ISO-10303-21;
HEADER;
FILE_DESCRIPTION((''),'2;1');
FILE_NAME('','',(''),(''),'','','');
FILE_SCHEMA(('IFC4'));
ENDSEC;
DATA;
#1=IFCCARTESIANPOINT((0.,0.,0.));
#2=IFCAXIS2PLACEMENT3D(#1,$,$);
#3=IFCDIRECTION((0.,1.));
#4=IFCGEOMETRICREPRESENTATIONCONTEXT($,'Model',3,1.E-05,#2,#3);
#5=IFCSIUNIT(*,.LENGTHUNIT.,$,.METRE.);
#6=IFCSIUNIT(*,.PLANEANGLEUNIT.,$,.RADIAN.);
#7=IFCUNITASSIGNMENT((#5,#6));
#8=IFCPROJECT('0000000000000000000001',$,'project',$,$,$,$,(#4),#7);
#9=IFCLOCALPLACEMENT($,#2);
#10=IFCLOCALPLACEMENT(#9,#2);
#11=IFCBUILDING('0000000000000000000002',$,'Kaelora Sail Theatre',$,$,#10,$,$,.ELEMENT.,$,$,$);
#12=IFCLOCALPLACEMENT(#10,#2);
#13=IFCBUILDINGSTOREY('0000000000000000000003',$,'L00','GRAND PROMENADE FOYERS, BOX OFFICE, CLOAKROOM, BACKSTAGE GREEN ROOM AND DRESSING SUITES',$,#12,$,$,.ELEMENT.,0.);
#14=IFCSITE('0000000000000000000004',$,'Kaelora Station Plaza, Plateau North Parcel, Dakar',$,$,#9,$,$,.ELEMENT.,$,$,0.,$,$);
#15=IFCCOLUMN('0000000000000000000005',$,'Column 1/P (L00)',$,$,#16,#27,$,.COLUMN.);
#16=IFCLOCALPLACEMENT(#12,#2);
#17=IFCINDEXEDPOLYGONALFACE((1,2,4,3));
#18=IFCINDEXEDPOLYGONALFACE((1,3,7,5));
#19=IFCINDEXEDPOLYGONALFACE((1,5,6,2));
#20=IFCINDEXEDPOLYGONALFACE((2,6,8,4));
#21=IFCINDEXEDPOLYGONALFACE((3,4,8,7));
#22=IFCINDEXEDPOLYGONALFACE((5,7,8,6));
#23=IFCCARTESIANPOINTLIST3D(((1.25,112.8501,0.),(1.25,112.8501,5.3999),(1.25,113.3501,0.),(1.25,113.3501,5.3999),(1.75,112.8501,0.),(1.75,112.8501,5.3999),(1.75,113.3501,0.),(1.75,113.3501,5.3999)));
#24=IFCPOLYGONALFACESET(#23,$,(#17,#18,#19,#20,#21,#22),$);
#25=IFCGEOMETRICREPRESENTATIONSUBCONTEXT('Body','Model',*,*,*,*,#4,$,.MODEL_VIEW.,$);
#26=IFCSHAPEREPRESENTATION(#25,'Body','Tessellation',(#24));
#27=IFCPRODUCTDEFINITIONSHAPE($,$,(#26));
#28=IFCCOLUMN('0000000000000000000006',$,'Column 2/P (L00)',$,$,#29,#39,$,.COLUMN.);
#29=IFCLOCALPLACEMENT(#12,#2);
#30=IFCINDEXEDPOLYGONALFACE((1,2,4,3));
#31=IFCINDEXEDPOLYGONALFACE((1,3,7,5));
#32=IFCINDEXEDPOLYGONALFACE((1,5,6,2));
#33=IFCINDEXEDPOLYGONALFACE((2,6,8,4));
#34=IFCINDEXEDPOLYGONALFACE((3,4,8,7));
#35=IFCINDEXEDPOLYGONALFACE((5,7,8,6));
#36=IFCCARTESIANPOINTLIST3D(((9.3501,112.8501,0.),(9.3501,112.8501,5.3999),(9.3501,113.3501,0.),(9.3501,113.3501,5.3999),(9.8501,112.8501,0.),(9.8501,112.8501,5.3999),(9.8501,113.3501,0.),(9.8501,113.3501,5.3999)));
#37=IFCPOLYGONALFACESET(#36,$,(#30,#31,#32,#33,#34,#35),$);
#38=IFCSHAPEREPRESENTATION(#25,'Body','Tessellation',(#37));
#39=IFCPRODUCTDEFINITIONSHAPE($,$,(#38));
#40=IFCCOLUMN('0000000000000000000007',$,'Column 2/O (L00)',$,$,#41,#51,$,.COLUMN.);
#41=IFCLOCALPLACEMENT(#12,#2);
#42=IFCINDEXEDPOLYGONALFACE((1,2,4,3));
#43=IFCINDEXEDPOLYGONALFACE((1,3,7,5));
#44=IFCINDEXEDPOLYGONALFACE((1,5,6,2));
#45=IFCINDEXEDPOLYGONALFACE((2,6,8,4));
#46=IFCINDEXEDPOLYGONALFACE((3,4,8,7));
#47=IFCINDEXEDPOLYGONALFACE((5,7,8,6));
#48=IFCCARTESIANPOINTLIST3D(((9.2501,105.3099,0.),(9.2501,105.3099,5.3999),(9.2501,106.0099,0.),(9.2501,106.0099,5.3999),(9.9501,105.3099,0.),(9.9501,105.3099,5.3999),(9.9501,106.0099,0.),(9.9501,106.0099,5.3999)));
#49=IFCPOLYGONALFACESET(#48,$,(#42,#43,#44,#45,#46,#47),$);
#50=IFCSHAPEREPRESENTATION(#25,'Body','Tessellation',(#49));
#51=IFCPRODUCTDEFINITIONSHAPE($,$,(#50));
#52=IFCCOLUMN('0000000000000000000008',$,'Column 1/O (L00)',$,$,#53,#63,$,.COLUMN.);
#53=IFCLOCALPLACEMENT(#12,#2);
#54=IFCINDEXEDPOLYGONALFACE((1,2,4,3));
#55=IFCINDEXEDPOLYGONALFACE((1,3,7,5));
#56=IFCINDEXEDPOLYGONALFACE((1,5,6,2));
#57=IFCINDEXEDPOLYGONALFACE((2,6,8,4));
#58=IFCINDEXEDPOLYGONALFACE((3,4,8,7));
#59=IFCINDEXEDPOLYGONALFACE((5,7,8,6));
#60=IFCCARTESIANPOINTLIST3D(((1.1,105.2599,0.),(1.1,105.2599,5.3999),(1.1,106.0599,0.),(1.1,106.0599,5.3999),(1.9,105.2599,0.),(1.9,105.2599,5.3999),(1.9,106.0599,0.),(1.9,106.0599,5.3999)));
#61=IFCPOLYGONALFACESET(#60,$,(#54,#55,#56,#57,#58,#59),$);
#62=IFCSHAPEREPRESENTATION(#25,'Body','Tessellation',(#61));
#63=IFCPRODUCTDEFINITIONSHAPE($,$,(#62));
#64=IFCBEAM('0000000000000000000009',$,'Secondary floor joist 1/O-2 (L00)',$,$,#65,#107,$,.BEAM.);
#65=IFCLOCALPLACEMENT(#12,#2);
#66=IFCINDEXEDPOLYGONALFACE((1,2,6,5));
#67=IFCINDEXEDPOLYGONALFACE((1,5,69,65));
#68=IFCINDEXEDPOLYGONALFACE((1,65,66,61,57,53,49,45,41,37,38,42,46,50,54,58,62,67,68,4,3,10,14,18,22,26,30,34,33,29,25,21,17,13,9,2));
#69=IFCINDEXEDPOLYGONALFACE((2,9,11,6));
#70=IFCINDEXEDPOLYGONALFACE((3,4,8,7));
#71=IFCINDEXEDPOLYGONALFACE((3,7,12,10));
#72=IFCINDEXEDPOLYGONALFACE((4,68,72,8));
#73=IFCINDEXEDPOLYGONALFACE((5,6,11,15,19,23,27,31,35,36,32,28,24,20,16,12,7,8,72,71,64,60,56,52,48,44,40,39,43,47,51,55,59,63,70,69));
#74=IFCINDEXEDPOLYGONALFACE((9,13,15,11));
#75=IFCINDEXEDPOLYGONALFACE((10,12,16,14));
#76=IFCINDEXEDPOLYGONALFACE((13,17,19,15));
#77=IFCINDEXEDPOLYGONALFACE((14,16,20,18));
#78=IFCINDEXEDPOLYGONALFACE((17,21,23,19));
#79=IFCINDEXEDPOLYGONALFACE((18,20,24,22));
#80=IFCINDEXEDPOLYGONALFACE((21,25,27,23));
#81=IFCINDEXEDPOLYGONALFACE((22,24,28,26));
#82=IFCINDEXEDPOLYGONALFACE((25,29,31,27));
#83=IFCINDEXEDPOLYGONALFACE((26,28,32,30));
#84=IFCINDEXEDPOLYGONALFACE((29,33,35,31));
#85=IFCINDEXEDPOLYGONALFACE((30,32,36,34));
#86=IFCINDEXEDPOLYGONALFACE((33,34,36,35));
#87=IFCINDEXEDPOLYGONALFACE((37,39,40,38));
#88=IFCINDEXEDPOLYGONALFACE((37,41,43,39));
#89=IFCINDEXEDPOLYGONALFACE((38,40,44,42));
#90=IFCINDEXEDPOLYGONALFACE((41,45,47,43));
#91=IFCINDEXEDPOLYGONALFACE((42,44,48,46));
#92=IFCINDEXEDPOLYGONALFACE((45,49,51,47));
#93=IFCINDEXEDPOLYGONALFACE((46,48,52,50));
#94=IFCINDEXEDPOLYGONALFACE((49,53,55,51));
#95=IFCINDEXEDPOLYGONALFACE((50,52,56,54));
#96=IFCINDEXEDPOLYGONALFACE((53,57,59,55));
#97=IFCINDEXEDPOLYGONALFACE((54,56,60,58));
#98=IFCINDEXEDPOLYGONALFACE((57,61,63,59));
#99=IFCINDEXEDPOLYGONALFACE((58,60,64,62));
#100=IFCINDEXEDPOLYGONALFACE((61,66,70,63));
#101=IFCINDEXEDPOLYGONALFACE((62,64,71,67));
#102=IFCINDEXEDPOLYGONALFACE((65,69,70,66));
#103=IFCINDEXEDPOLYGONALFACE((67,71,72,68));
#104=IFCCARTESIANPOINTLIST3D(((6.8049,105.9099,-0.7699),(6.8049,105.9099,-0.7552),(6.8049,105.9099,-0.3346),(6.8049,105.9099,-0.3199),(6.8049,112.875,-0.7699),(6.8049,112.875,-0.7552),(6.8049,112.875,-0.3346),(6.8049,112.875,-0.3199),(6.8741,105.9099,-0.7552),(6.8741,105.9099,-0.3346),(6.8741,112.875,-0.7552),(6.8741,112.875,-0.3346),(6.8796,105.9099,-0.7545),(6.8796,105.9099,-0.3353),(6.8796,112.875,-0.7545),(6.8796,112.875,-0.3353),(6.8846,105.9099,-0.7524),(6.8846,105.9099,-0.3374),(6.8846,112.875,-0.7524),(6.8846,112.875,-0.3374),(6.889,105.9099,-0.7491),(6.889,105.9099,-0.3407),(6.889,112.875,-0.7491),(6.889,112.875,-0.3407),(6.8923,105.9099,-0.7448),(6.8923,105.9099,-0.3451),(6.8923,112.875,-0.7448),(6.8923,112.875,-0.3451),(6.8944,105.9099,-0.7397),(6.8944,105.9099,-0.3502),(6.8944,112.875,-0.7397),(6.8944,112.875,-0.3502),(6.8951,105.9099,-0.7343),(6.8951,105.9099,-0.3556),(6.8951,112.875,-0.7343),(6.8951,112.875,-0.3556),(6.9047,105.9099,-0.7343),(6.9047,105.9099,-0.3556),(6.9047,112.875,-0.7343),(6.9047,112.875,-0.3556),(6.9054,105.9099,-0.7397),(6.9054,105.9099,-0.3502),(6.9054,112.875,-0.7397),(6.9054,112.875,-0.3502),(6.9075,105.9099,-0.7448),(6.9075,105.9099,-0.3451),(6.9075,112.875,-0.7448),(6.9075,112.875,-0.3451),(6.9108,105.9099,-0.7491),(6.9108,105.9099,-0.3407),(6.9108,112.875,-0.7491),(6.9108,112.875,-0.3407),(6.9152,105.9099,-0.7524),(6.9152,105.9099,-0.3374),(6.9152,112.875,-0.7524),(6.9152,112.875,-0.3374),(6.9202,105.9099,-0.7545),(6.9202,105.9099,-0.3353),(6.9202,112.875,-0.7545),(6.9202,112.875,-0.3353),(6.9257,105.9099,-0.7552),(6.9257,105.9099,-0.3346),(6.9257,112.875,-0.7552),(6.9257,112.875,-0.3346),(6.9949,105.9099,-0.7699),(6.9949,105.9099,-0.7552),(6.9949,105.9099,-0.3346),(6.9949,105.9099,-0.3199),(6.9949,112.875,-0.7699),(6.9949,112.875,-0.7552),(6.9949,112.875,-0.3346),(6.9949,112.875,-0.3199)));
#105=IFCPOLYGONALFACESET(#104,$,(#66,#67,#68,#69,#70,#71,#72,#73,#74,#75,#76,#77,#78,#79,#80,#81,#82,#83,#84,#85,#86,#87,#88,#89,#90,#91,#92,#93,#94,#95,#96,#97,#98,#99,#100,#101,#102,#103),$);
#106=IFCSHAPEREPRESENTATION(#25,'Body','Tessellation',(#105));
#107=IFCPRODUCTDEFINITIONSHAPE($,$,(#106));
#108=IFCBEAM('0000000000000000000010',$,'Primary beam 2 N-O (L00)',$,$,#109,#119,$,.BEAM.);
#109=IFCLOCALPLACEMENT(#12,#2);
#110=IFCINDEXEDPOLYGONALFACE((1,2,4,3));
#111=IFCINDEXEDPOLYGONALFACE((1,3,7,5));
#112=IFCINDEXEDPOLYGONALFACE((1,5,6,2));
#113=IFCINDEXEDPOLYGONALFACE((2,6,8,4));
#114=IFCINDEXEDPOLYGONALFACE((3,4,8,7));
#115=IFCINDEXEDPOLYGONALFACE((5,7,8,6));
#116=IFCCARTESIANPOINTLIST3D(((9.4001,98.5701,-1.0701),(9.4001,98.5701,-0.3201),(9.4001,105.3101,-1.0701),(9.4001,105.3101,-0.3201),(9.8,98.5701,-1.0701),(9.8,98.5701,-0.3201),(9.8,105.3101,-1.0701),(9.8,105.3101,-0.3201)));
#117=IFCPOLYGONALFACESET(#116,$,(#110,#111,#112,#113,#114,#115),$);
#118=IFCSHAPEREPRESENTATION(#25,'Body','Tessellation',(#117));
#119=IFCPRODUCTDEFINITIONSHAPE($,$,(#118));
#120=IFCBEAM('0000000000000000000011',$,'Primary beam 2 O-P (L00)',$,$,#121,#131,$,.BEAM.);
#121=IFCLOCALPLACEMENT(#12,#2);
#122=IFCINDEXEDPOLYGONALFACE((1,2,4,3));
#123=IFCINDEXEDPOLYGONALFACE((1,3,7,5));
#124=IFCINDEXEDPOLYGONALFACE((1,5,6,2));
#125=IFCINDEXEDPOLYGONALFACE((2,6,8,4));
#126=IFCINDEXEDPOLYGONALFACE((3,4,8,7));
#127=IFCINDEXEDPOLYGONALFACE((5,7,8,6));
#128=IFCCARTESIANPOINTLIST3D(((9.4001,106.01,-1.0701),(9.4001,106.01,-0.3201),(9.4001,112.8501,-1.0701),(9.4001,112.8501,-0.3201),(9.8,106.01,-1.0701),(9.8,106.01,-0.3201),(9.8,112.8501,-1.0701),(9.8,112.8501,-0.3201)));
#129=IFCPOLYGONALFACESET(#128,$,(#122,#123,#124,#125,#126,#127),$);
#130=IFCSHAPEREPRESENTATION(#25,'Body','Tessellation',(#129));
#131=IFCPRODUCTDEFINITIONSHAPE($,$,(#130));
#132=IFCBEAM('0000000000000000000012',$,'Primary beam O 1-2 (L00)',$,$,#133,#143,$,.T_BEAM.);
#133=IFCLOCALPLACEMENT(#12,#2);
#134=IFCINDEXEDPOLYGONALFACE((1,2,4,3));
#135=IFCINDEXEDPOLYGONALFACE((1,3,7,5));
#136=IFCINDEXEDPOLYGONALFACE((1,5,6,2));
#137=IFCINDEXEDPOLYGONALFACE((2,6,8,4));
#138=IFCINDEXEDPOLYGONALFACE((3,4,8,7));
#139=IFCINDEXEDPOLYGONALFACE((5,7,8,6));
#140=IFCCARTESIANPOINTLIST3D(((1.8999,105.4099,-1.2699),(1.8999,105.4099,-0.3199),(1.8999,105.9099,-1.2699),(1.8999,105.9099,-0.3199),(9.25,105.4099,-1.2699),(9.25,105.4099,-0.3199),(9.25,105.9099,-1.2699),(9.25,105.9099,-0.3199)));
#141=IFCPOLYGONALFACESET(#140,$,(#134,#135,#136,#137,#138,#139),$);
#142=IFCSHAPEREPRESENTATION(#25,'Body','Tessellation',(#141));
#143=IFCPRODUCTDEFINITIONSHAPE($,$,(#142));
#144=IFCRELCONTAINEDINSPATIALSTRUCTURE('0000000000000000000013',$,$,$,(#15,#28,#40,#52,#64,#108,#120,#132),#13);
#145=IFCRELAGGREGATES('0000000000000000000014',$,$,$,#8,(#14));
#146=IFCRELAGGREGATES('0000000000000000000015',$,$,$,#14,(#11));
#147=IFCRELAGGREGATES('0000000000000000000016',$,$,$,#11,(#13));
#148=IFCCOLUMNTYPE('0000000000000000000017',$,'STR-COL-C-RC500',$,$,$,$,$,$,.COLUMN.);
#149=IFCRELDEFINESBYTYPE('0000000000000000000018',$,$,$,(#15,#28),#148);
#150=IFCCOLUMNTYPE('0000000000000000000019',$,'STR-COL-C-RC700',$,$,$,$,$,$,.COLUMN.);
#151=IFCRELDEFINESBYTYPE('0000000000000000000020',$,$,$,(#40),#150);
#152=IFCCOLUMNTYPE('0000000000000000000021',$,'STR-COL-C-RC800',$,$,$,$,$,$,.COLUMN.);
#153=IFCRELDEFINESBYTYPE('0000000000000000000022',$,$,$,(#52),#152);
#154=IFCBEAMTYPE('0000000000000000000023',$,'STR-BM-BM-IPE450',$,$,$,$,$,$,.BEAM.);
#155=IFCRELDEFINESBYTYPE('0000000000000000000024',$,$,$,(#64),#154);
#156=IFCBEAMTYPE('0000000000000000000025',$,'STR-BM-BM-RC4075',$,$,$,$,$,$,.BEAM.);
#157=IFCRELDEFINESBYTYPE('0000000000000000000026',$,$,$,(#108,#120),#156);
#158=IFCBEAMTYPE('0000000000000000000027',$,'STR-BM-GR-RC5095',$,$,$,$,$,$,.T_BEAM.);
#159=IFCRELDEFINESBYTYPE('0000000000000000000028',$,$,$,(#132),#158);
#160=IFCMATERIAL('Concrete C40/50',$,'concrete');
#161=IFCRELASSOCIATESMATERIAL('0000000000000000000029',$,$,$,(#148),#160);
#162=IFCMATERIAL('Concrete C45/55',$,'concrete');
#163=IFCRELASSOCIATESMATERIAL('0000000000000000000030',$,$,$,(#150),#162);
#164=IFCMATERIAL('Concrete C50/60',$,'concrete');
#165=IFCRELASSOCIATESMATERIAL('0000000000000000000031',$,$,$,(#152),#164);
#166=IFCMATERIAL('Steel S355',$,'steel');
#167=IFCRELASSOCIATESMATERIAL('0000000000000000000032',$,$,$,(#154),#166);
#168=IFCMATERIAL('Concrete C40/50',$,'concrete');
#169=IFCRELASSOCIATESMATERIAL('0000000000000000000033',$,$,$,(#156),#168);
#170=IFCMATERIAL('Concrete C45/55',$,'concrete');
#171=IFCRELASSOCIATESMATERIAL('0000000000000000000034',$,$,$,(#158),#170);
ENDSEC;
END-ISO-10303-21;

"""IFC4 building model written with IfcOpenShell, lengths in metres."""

from ifc_helpers import new_model, si_unit, direction, frame, origin, origin_2d, place, context, subcontext, project, spatial, rectangle, i_section, extrude, material, material_profile, profile_set, type_object, element, save


model = new_model("IFC4")

# Units and contexts
model_context = context("Model", 3, precision=1e-05, world=origin(), true_north=direction((0.0, 1.0)))
body_context = subcontext(model_context, "Body", "Model", "MODEL_VIEW")
ifc_project = project(units=[si_unit("LENGTHUNIT", "METRE"), si_unit("PLANEANGLEUNIT", "RADIAN")], contexts=[model_context])

# Site, building, storey
site_placement = place(None, origin())
site = spatial("IfcSite", under=ifc_project, at=site_placement, Name="Kaelora Station Plaza, Plateau North Parcel, Dakar", CompositionType="ELEMENT", RefElevation=0.0)
building_placement = place(site_placement, origin())
building = spatial("IfcBuilding", under=site, at=building_placement, Name="Kaelora Sail Theatre", CompositionType="ELEMENT")
storey_placement = place(building_placement, origin())
storey = spatial("IfcBuildingStorey", under=building, at=storey_placement, Name="L00", Description="GRAND PROMENADE FOYERS, BOX OFFICE, CLOAKROOM, BACKSTAGE GREEN ROOM AND DRESSING SUITES", CompositionType="ELEMENT", Elevation=0.0)

# Columns
ifc_material_1 = material(Name="Concrete C40/50", Category="concrete")
ifc_material_profile_1 = material_profile(ifc_material_1, rectangle(XDim=0.5, YDim=0.5, at=origin_2d()), Name="RC-COL 500x500")
ifc_profile_set_1 = profile_set([ifc_material_profile_1], Name="Concrete C40/50")
column_type_1 = type_object("IfcColumnType", Name="STR-COL-C-RC500", PredefinedType="COLUMN", material=ifc_profile_set_1)
for number, where, z_axis, x_axis, name in (
    (1, (1.5, 113.1001, 0.0), (0.0, 0.0, 1.0), (1.0, 0.0, 0.0), "Column 1/P (L00)"),
    (2, (9.6001, 113.1001, 0.0), (0.0, 0.0, 1.0), (1.0, 0.0, 0.0), "Column 2/P (L00)"),
):
    element("IfcColumn", number, at=place(storey_placement, frame(where, z_axis=z_axis, x_axis=x_axis)), inside=storey, type_object=column_type_1, Name=name, PredefinedType="COLUMN", context=body_context, shape_type="SweptSolid", body=[
        extrude(rectangle(XDim=0.5, YDim=0.5, at=origin_2d()), origin(), (0.0, 0.0, 1.0), 5.3999),
    ])
ifc_material_2 = material(Name="Concrete C45/55", Category="concrete")
ifc_material_profile_2 = material_profile(ifc_material_2, rectangle(XDim=0.7, YDim=0.7, at=origin_2d()), Name="RC-COL 700x700")
ifc_profile_set_2 = profile_set([ifc_material_profile_2], Name="Concrete C45/55")
column_type_2 = type_object("IfcColumnType", Name="STR-COL-C-RC700", PredefinedType="COLUMN", material=ifc_profile_set_2)
column_1_placement = place(storey_placement, frame((9.6001, 105.6599, 0.0), z_axis=(0.0, 0.0, 1.0), x_axis=(1.0, 0.0, 0.0)))
element("IfcColumn", 3, at=column_1_placement, inside=storey, type_object=column_type_2, Name="Column 2/O (L00)", PredefinedType="COLUMN", context=body_context, shape_type="SweptSolid", body=[
    extrude(rectangle(XDim=0.7, YDim=0.7, at=origin_2d()), origin(), (0.0, 0.0, 1.0), 5.3999),
])
ifc_material_3 = material(Name="Concrete C50/60", Category="concrete")
ifc_material_profile_3 = material_profile(ifc_material_3, rectangle(XDim=0.8, YDim=0.8, at=origin_2d()), Name="RC-COL 800x800")
ifc_profile_set_3 = profile_set([ifc_material_profile_3], Name="Concrete C50/60")
column_type_3 = type_object("IfcColumnType", Name="STR-COL-C-RC800", PredefinedType="COLUMN", material=ifc_profile_set_3)
column_2_placement = place(storey_placement, frame((1.5, 105.6599, 0.0), z_axis=(0.0, 0.0, 1.0), x_axis=(1.0, 0.0, 0.0)))
element("IfcColumn", 4, at=column_2_placement, inside=storey, type_object=column_type_3, Name="Column 1/O (L00)", PredefinedType="COLUMN", context=body_context, shape_type="SweptSolid", body=[
    extrude(rectangle(XDim=0.8, YDim=0.8, at=origin_2d()), origin(), (0.0, 0.0, 1.0), 5.3999),
])

# Beams
ifc_material_4 = material(Name="Steel S355", Category="steel")
ifc_material_profile_4 = material_profile(ifc_material_4, i_section(OverallWidth=0.1899, OverallDepth=0.45, WebThickness=0.0095, FlangeThickness=0.0146, FilletRadius=0.021, at=origin_2d()), Name="IPE 450")
ifc_profile_set_4 = profile_set([ifc_material_profile_4], Name="Steel S355")
beam_type_1 = type_object("IfcBeamType", Name="STR-BM-BM-IPE450", PredefinedType="BEAM", material=ifc_profile_set_4)
beam_1_placement = place(storey_placement, frame((6.8999, 105.9099, -0.5449), z_axis=(0.0, 1.0, 0.0), x_axis=(-1.0, 0.0, 0.0)))
element("IfcBeam", 5, at=beam_1_placement, inside=storey, type_object=beam_type_1, Name="Secondary floor joist 1/O-2 (L00)", PredefinedType="BEAM", context=body_context, shape_type="SweptSolid", body=[
    extrude(i_section(OverallWidth=0.1899, OverallDepth=0.45, WebThickness=0.0095, FlangeThickness=0.0146, FilletRadius=0.021, at=origin_2d()), origin(), (0.0, 0.0, 1.0), 6.9651),
])
ifc_material_5 = material(Name="Concrete C40/50", Category="concrete")
ifc_material_profile_5 = material_profile(ifc_material_5, rectangle(XDim=0.3999, YDim=0.75, at=origin_2d()), Name="RC-BM 400x750")
ifc_profile_set_5 = profile_set([ifc_material_profile_5], Name="Concrete C40/50")
beam_type_2 = type_object("IfcBeamType", Name="STR-BM-BM-RC4075", PredefinedType="BEAM", material=ifc_profile_set_5)
beam_2_placement = place(storey_placement, frame((9.6001, 98.5701, -0.6951), z_axis=(0.0, 1.0, 0.0), x_axis=(-1.0, 0.0, 0.0)))
element("IfcBeam", 6, at=beam_2_placement, inside=storey, type_object=beam_type_2, Name="Primary beam 2 N-O (L00)", PredefinedType="BEAM", context=body_context, shape_type="SweptSolid", body=[
    extrude(rectangle(XDim=0.3999, YDim=0.75, at=origin_2d()), origin(), (0.0, 0.0, 1.0), 6.74),
])
beam_3_placement = place(storey_placement, frame((9.6001, 106.01, -0.6951), z_axis=(0.0, 1.0, 0.0), x_axis=(-1.0, 0.0, 0.0)))
element("IfcBeam", 7, at=beam_3_placement, inside=storey, type_object=beam_type_2, Name="Primary beam 2 O-P (L00)", PredefinedType="BEAM", context=body_context, shape_type="SweptSolid", body=[
    extrude(rectangle(XDim=0.3999, YDim=0.75, at=origin_2d()), origin(), (0.0, 0.0, 1.0), 6.8401),
])
ifc_material_6 = material(Name="Concrete C45/55", Category="concrete")
ifc_material_profile_6 = material_profile(ifc_material_6, rectangle(XDim=0.5, YDim=0.95, at=origin_2d()), Name="RC-GRD 500x950")
ifc_profile_set_6 = profile_set([ifc_material_profile_6], Name="Concrete C45/55")
beam_type_3 = type_object("IfcBeamType", Name="STR-BM-GR-RC5095", PredefinedType="T_BEAM", material=ifc_profile_set_6)
beam_4_placement = place(storey_placement, frame((1.8999, 105.6599, -0.7949), z_axis=(1.0, 0.0, 0.0), x_axis=(0.0, 1.0, 0.0)))
element("IfcBeam", 8, at=beam_4_placement, inside=storey, type_object=beam_type_3, Name="Primary beam O 1-2 (L00)", PredefinedType="T_BEAM", context=body_context, shape_type="SweptSolid", body=[
    extrude(rectangle(XDim=0.5, YDim=0.95, at=origin_2d()), origin(), (0.0, 0.0, 1.0), 7.3501),
])

save(model, "model.ifc")
